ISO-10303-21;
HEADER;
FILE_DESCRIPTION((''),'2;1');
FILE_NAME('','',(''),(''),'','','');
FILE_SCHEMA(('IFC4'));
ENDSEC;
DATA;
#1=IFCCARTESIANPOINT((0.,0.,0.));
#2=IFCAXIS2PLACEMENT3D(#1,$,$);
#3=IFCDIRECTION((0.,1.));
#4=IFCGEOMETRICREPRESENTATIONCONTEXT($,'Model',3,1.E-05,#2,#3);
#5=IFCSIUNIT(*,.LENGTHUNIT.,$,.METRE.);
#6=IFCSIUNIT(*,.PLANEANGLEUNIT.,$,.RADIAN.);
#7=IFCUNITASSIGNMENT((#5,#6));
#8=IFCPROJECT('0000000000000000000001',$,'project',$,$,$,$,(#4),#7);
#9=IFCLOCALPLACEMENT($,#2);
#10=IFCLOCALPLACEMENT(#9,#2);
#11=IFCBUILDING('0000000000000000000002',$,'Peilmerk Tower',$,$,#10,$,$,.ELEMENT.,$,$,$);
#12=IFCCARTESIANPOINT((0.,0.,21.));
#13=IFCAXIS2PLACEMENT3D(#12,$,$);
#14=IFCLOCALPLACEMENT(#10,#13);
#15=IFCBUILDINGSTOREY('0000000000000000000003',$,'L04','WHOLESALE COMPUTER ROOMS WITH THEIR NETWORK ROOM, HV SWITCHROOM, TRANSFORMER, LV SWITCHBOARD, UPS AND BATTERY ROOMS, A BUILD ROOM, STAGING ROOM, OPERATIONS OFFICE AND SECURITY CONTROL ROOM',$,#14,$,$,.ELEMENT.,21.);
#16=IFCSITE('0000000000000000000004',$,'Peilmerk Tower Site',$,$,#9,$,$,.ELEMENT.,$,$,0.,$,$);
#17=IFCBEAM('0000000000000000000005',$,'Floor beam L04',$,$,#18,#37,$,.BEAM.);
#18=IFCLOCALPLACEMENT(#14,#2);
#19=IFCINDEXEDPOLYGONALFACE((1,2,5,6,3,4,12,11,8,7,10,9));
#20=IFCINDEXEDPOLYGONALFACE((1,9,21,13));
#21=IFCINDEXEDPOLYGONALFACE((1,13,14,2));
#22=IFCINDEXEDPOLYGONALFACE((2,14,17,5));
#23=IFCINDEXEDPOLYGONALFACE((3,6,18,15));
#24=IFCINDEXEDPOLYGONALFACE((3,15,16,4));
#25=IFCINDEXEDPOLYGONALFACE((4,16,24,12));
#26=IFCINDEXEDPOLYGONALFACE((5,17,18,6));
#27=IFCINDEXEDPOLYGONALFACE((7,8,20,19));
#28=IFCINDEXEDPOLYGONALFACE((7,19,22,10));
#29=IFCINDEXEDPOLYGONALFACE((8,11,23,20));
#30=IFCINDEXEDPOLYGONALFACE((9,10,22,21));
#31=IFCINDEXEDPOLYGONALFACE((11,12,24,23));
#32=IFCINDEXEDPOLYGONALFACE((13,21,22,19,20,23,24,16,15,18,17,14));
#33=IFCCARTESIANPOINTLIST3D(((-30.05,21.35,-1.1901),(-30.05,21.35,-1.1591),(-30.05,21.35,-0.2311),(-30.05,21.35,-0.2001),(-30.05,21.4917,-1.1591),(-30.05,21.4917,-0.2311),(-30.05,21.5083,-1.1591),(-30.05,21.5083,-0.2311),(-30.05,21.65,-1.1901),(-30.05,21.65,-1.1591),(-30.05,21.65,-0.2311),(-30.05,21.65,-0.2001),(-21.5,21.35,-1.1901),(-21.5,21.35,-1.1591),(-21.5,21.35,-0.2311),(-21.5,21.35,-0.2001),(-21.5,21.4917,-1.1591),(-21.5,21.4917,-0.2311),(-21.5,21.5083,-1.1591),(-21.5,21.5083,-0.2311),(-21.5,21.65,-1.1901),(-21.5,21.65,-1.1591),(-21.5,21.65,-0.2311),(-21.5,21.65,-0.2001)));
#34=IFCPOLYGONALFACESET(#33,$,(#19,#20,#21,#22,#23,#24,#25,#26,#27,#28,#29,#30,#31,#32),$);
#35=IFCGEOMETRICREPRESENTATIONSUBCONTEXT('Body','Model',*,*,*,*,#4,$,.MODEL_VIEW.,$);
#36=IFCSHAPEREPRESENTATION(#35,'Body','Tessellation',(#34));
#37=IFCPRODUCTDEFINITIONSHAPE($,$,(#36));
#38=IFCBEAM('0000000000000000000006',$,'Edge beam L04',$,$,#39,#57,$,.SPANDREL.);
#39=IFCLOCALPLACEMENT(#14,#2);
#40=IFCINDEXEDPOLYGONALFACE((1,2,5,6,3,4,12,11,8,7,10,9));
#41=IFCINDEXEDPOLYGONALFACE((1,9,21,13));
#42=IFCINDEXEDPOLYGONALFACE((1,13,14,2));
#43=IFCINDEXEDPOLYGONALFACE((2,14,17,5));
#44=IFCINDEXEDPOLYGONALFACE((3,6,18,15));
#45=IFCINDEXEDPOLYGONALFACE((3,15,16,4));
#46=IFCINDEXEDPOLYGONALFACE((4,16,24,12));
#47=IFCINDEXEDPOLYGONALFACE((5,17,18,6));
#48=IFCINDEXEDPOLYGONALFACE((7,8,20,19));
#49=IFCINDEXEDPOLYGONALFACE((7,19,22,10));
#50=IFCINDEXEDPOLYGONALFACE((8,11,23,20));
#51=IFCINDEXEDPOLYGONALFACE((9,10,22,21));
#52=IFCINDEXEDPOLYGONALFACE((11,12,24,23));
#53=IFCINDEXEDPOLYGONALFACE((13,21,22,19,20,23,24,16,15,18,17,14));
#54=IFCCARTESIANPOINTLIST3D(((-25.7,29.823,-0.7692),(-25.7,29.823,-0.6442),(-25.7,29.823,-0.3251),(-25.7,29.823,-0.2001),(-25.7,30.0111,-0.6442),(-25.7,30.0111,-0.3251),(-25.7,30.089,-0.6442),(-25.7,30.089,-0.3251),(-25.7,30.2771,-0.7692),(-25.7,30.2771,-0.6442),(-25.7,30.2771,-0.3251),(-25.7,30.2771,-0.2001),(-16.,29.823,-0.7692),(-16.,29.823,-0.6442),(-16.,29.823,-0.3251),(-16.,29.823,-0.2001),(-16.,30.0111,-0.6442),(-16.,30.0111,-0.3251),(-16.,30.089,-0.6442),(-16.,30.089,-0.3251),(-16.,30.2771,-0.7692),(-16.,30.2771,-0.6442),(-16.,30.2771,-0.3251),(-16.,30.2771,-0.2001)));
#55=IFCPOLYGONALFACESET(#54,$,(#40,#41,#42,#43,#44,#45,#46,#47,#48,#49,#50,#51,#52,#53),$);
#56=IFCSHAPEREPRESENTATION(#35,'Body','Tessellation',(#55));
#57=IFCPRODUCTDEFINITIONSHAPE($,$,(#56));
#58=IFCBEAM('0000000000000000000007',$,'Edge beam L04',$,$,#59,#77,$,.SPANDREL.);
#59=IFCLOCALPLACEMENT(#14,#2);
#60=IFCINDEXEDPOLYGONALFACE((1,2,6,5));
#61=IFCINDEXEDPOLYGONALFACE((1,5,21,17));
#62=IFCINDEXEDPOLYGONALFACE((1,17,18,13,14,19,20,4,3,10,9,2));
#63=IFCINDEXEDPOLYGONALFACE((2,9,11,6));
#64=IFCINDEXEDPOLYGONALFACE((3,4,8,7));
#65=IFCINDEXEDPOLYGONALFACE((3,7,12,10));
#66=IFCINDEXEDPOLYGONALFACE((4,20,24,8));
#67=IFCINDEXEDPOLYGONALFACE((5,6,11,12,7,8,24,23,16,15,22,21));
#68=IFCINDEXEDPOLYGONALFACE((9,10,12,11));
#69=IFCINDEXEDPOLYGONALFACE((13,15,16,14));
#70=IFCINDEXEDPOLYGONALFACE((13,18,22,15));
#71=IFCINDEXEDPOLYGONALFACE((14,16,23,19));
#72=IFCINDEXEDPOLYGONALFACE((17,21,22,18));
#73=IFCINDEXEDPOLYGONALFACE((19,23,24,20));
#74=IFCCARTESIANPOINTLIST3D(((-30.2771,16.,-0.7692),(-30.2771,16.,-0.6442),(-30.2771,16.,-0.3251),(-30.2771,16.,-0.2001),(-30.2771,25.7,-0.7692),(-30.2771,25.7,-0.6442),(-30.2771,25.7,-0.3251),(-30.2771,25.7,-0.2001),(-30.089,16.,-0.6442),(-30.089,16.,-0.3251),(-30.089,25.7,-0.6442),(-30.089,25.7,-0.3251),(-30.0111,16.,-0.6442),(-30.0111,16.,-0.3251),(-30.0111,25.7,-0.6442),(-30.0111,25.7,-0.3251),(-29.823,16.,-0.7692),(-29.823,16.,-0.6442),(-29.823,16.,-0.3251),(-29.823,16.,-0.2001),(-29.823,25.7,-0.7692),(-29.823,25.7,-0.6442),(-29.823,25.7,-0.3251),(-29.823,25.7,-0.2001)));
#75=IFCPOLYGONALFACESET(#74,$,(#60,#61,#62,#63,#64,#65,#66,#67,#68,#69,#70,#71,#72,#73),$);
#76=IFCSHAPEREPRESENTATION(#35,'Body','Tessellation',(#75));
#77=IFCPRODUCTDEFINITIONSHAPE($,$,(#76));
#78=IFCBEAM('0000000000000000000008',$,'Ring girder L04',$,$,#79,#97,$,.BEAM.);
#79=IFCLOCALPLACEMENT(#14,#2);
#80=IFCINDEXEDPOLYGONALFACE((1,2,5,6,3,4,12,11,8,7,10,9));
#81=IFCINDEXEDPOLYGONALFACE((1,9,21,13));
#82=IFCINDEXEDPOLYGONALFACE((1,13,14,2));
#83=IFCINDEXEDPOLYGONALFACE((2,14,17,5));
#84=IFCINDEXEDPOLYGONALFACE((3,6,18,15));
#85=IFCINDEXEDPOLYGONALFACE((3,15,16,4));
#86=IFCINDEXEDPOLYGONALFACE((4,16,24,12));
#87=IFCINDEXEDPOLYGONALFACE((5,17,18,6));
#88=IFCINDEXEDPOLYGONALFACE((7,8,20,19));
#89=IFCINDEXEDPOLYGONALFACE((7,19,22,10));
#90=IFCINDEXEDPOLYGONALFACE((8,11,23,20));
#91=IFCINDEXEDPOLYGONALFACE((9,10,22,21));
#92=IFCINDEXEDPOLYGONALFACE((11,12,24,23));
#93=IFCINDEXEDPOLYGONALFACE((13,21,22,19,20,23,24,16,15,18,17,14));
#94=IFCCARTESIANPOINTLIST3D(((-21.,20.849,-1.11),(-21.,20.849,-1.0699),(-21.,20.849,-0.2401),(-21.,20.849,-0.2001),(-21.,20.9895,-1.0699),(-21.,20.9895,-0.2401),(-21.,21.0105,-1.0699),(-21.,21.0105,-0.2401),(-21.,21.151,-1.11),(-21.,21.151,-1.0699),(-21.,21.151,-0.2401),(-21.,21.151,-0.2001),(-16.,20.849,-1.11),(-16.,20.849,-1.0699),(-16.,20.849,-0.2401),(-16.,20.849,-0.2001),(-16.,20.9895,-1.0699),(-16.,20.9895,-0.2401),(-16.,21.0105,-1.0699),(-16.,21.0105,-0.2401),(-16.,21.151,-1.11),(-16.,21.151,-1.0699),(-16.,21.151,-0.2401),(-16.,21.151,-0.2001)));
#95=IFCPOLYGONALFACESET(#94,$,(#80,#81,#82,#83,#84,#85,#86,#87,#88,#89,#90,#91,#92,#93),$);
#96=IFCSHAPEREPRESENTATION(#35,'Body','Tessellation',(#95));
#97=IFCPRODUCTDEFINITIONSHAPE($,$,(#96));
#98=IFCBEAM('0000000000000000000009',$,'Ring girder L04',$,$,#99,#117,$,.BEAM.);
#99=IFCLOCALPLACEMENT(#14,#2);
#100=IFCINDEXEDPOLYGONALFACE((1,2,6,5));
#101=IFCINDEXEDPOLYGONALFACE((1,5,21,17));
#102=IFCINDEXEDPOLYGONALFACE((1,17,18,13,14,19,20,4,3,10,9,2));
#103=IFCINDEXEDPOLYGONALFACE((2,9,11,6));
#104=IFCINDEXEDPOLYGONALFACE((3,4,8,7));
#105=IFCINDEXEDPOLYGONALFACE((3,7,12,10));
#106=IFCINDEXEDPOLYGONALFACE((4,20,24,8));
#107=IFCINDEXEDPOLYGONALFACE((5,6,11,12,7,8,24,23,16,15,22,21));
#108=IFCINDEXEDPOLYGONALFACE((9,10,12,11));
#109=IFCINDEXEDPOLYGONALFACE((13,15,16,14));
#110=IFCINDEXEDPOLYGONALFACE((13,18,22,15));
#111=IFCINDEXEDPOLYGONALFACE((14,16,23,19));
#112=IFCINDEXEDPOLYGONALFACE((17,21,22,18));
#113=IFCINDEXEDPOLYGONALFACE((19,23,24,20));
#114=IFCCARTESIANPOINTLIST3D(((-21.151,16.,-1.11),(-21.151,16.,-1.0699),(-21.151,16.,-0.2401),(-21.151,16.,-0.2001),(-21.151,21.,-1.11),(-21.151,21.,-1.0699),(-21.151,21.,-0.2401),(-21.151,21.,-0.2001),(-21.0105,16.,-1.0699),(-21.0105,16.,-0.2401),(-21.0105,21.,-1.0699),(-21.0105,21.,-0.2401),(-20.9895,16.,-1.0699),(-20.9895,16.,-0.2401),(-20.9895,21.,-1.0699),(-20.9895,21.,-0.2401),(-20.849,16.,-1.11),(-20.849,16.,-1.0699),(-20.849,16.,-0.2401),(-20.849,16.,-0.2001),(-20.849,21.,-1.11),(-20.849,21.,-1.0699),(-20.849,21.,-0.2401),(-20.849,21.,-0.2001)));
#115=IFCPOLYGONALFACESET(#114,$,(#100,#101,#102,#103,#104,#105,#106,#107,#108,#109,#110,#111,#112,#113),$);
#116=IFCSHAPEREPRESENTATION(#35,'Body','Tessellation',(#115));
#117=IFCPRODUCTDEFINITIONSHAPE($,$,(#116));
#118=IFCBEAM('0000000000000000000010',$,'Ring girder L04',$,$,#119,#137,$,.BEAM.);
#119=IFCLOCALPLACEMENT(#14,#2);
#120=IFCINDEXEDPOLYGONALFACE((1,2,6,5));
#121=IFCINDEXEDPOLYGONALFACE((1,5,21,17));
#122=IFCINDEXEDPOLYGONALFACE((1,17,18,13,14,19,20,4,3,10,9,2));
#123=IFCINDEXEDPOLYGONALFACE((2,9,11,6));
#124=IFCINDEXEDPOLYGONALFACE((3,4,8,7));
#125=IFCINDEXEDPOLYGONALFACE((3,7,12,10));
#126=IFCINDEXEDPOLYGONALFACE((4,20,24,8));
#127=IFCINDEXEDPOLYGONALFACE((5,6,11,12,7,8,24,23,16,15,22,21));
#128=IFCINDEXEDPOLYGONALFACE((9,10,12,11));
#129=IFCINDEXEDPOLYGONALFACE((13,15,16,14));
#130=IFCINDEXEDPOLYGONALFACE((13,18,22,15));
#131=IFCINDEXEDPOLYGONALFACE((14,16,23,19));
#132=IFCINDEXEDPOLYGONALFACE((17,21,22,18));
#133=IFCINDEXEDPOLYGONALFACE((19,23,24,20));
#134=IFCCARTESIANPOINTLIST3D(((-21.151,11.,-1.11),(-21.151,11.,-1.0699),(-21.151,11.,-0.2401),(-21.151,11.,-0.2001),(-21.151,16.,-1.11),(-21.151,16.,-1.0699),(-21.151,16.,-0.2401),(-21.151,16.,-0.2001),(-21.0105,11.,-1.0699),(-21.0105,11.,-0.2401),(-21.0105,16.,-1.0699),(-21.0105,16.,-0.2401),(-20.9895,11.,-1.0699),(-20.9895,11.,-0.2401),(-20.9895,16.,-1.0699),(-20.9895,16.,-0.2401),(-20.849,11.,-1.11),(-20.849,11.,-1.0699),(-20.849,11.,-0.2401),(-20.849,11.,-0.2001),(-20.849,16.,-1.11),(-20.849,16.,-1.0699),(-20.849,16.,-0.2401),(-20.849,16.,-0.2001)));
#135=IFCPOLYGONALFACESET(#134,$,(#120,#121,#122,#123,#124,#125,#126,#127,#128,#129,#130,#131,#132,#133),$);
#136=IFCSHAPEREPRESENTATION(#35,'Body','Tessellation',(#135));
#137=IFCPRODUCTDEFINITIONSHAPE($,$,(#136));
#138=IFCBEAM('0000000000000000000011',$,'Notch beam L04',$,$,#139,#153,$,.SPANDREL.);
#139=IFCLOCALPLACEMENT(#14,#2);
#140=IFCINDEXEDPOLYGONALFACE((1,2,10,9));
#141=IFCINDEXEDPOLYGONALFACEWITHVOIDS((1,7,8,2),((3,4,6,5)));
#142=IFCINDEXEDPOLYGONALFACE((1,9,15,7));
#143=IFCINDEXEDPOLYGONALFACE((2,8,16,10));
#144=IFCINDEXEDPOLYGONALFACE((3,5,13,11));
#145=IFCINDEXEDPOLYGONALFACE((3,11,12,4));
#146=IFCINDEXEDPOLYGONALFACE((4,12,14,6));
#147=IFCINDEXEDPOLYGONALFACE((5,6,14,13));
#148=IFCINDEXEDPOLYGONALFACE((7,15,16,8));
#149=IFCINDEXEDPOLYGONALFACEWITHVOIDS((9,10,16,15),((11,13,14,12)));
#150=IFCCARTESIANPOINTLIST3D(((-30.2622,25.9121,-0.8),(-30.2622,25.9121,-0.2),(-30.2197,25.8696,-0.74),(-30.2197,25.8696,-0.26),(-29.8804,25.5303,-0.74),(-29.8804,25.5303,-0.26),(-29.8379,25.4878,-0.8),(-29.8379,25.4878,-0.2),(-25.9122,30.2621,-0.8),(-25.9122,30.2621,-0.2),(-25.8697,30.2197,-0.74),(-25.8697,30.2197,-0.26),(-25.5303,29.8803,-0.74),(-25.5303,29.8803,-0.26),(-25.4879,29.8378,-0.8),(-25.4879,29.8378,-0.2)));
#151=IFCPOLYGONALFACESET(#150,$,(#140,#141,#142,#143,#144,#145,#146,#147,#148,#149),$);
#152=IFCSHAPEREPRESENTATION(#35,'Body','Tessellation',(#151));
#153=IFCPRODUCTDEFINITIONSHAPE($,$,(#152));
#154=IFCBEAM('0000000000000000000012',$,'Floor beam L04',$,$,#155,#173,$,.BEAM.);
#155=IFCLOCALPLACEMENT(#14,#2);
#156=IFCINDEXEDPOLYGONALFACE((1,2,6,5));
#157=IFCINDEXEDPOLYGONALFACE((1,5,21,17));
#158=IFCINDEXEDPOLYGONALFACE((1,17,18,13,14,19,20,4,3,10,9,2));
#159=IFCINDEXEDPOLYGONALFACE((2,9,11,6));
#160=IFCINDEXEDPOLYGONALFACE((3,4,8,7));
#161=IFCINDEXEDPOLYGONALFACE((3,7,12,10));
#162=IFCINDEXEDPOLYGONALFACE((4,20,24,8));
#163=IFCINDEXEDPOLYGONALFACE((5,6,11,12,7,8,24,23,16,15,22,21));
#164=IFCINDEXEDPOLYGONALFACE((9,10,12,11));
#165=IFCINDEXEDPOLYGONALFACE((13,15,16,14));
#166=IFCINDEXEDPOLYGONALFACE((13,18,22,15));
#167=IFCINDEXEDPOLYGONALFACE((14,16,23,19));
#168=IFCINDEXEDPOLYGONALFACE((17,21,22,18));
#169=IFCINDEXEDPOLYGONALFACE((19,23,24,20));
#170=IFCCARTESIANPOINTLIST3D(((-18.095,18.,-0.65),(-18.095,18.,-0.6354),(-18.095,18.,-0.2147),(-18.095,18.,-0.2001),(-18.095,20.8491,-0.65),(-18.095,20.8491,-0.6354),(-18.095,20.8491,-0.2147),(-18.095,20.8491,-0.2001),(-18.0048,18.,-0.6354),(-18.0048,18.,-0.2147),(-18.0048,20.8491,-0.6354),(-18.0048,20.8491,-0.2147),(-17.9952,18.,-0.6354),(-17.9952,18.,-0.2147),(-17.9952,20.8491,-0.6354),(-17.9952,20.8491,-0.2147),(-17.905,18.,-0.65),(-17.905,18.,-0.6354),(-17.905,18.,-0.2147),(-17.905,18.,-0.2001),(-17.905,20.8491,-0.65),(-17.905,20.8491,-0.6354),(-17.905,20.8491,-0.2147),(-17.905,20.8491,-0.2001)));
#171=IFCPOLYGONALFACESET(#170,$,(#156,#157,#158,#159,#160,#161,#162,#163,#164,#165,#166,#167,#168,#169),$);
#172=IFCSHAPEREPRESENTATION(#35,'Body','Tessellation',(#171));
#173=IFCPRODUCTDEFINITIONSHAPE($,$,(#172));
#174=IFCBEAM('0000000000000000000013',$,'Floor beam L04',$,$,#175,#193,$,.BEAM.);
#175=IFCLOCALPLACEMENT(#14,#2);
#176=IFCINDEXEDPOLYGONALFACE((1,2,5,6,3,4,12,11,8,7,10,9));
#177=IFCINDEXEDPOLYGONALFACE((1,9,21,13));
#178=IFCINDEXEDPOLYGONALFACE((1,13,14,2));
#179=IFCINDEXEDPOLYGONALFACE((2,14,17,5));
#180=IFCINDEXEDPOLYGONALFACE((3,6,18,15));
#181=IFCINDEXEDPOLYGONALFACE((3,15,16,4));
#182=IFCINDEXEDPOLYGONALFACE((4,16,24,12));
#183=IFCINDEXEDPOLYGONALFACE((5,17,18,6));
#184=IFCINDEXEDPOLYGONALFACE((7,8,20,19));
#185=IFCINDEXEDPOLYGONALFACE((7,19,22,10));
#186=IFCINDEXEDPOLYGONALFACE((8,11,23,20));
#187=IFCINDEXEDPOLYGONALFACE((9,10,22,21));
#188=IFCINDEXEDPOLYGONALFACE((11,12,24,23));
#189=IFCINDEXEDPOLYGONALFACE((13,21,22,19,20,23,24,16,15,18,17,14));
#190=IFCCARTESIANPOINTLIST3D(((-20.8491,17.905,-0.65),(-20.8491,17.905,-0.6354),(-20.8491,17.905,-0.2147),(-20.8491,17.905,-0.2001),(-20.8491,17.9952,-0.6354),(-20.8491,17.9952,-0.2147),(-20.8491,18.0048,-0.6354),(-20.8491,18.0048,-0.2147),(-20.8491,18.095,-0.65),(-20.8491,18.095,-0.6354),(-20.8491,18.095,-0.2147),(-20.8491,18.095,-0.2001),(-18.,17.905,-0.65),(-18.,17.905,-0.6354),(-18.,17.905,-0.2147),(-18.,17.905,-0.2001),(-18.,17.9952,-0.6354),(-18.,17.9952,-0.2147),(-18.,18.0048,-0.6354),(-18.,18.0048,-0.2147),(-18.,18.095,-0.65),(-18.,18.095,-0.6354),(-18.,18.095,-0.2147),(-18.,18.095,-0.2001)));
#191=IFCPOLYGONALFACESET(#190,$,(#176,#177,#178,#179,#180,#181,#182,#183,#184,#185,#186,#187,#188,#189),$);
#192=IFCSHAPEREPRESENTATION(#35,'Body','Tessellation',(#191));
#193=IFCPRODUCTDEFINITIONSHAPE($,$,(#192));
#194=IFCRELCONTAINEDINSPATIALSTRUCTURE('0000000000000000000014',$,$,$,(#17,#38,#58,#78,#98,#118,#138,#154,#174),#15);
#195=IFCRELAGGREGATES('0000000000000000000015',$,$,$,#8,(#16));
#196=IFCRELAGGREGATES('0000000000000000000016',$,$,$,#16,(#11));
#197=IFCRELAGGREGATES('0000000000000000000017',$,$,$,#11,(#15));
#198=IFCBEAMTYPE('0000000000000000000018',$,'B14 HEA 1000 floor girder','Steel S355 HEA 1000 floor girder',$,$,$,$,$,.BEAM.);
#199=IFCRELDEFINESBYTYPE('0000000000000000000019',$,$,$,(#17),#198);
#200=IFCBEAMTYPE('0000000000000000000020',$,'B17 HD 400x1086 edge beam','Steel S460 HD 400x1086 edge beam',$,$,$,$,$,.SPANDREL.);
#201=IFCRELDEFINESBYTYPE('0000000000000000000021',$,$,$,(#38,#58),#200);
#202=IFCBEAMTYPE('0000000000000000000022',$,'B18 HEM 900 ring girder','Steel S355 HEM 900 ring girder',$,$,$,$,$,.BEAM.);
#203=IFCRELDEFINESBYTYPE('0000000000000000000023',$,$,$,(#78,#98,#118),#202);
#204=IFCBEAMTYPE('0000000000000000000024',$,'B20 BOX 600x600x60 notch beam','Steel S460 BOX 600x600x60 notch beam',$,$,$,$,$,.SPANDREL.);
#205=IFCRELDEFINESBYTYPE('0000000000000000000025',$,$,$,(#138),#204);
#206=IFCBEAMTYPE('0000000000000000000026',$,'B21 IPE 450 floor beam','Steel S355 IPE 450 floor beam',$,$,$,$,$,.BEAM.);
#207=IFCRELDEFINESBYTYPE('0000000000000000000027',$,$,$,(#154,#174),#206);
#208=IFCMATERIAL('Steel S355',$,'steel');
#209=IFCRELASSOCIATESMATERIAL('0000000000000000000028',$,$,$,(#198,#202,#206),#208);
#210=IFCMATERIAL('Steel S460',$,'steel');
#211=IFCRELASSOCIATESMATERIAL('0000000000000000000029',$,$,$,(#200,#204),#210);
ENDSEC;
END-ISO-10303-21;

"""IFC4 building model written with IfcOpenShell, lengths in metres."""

from ifc_helpers import new_model, si_unit, direction, frame, origin, origin_2d, place, context, subcontext, project, spatial, hollow_rectangle, i_section, extrude, material, material_profile, profile_set, type_object, element, save


model = new_model("IFC4")

# Units and contexts
model_context = context("Model", 3, precision=1e-05, world=origin(), true_north=direction((0.0, 1.0)))
body_context = subcontext(model_context, "Body", "Model", "MODEL_VIEW")
ifc_project = project(units=[si_unit("LENGTHUNIT", "METRE"), si_unit("PLANEANGLEUNIT", "RADIAN")], contexts=[model_context])

# Site, building, storey
site_placement = place(None, origin())
site = spatial("IfcSite", under=ifc_project, at=site_placement, Name="Peilmerk Tower Site", CompositionType="ELEMENT", RefElevation=0.0)
building_placement = place(site_placement, origin())
building = spatial("IfcBuilding", under=site, at=building_placement, Name="Peilmerk Tower", CompositionType="ELEMENT")
storey_placement = place(building_placement, frame((0.0, 0.0, 21.0)))
storey = spatial("IfcBuildingStorey", under=building, at=storey_placement, Name="L04", Description="WHOLESALE COMPUTER ROOMS WITH THEIR NETWORK ROOM, HV SWITCHROOM, TRANSFORMER, LV SWITCHBOARD, UPS AND BATTERY ROOMS, A BUILD ROOM, STAGING ROOM, OPERATIONS OFFICE AND SECURITY CONTROL ROOM", CompositionType="ELEMENT", Elevation=21.0)

# Beams
ifc_material_1 = material(Name="Steel S355", Category="steel")
ifc_material_profile_1 = material_profile(ifc_material_1, i_section(OverallWidth=0.3, OverallDepth=0.99, WebThickness=0.0166, FlangeThickness=0.031, at=origin_2d()), Name="HEA 1000")
ifc_profile_set_1 = profile_set([ifc_material_profile_1], Name="Steel S355")
beam_type_1 = type_object("IfcBeamType", Name="B14 HEA 1000 floor girder", Description="Steel S355 HEA 1000 floor girder", PredefinedType="BEAM", material=ifc_profile_set_1)
for number, where, z_axis, x_axis, name in (
    (1, (-21.5, 21.5, -0.6951), (-1.0, 0.0, 0.0), (0.0, -1.0, 0.0), "Floor beam L04"),
):
    element("IfcBeam", number, at=place(storey_placement, frame(where, z_axis=z_axis, x_axis=x_axis)), inside=storey, type_object=beam_type_1, Name=name, PredefinedType="BEAM", context=body_context, shape_type="SweptSolid", body=[
        extrude(i_section(OverallWidth=0.3, OverallDepth=0.99, WebThickness=0.0166, FlangeThickness=0.031, at=origin_2d()), origin(), (0.0, 0.0, 1.0), 8.55),
    ])
ifc_material_2 = material(Name="Steel S460", Category="steel")
ifc_material_profile_2 = material_profile(ifc_material_2, i_section(OverallWidth=0.4541, OverallDepth=0.5691, WebThickness=0.0779, FlangeThickness=0.125, at=origin_2d()), Name="HD 400x1086")
ifc_profile_set_2 = profile_set([ifc_material_profile_2], Name="Steel S460")
beam_type_2 = type_object("IfcBeamType", Name="B17 HD 400x1086 edge beam", Description="Steel S460 HD 400x1086 edge beam", PredefinedType="SPANDREL", material=ifc_profile_set_2)
for number, where, z_axis, x_axis, name in (
    (2, (-16.0, 30.05, -0.4846), (-1.0, 0.0, 0.0), (0.0, -1.0, 0.0), "Edge beam L04"),
    (3, (-30.05, 25.7, -0.4846), (0.0, -1.0, 0.0), (1.0, 0.0, 0.0), "Edge beam L04"),
):
    element("IfcBeam", number, at=place(storey_placement, frame(where, z_axis=z_axis, x_axis=x_axis)), inside=storey, type_object=beam_type_2, Name=name, PredefinedType="SPANDREL", context=body_context, shape_type="SweptSolid", body=[
        extrude(i_section(OverallWidth=0.4541, OverallDepth=0.5691, WebThickness=0.0779, FlangeThickness=0.125, at=origin_2d()), origin(), (0.0, 0.0, 1.0), 9.7),
    ])
ifc_material_profile_3 = material_profile(ifc_material_1, i_section(OverallWidth=0.302, OverallDepth=0.9099, WebThickness=0.021, FlangeThickness=0.04, at=origin_2d()), Name="HEM 900")
ifc_profile_set_3 = profile_set([ifc_material_profile_3], Name="Steel S355")
beam_type_3 = type_object("IfcBeamType", Name="B18 HEM 900 ring girder", Description="Steel S355 HEM 900 ring girder", PredefinedType="BEAM", material=ifc_profile_set_3)
for number, where, z_axis, x_axis, name in (
    (4, (-16.0, 21.0, -0.655), (-1.0, 0.0, 0.0), (0.0, -1.0, 0.0), "Ring girder L04"),
    (5, (-21.0, 21.0, -0.655), (0.0, -1.0, 0.0), (1.0, 0.0, 0.0), "Ring girder L04"),
    (6, (-21.0, 16.0, -0.655), (0.0, -1.0, 0.0), (1.0, 0.0, 0.0), "Ring girder L04"),
):
    element("IfcBeam", number, at=place(storey_placement, frame(where, z_axis=z_axis, x_axis=x_axis)), inside=storey, type_object=beam_type_3, Name=name, PredefinedType="BEAM", context=body_context, shape_type="SweptSolid", body=[
        extrude(i_section(OverallWidth=0.302, OverallDepth=0.9099, WebThickness=0.021, FlangeThickness=0.04, at=origin_2d()), origin(), (0.0, 0.0, 1.0), 5.0),
    ])
ifc_material_profile_4 = material_profile(ifc_material_2, hollow_rectangle(XDim=0.6001, YDim=0.6001, WallThickness=0.0601, at=origin_2d()), Name="BOX 600x600x60")
ifc_profile_set_4 = profile_set([ifc_material_profile_4], Name="Steel S460")
beam_type_4 = type_object("IfcBeamType", Name="B20 BOX 600x600x60 notch beam", Description="Steel S460 BOX 600x600x60 notch beam", PredefinedType="SPANDREL", material=ifc_profile_set_4)
beam_1_placement = place(storey_placement, frame((-30.05, 25.7, -0.5), z_axis=(0.707107, 0.707107, 0.0), x_axis=(-0.707107, 0.707107, 0.0)))
element("IfcBeam", 7, at=beam_1_placement, inside=storey, type_object=beam_type_4, Name="Notch beam L04", PredefinedType="SPANDREL", context=body_context, shape_type="SweptSolid", body=[
    extrude(hollow_rectangle(XDim=0.6001, YDim=0.6001, WallThickness=0.0601, at=origin_2d()), origin(), (0.0, 0.0, 1.0), 6.1519),
])
ifc_material_profile_5 = material_profile(ifc_material_1, i_section(OverallWidth=0.1899, OverallDepth=0.45, WebThickness=0.0095, FlangeThickness=0.0146, at=origin_2d()), Name="IPE 450")
ifc_profile_set_5 = profile_set([ifc_material_profile_5], Name="Steel S355")
beam_type_5 = type_object("IfcBeamType", Name="B21 IPE 450 floor beam", Description="Steel S355 IPE 450 floor beam", PredefinedType="BEAM", material=ifc_profile_set_5)
for number, where, z_axis, x_axis, name in (
    (8, (-18.0, 18.0, -0.425), (0.0, 1.0, 0.0), (-1.0, 0.0, 0.0), "Floor beam L04"),
    (9, (-18.0, 18.0, -0.425), (-1.0, 0.0, 0.0), (0.0, -1.0, 0.0), "Floor beam L04"),
):
    element("IfcBeam", number, at=place(storey_placement, frame(where, z_axis=z_axis, x_axis=x_axis)), inside=storey, type_object=beam_type_5, Name=name, PredefinedType="BEAM", context=body_context, shape_type="SweptSolid", body=[
        extrude(i_section(OverallWidth=0.1899, OverallDepth=0.45, WebThickness=0.0095, FlangeThickness=0.0146, at=origin_2d()), origin(), (0.0, 0.0, 1.0), 2.8491),
    ])

save(model, "model.ifc")
